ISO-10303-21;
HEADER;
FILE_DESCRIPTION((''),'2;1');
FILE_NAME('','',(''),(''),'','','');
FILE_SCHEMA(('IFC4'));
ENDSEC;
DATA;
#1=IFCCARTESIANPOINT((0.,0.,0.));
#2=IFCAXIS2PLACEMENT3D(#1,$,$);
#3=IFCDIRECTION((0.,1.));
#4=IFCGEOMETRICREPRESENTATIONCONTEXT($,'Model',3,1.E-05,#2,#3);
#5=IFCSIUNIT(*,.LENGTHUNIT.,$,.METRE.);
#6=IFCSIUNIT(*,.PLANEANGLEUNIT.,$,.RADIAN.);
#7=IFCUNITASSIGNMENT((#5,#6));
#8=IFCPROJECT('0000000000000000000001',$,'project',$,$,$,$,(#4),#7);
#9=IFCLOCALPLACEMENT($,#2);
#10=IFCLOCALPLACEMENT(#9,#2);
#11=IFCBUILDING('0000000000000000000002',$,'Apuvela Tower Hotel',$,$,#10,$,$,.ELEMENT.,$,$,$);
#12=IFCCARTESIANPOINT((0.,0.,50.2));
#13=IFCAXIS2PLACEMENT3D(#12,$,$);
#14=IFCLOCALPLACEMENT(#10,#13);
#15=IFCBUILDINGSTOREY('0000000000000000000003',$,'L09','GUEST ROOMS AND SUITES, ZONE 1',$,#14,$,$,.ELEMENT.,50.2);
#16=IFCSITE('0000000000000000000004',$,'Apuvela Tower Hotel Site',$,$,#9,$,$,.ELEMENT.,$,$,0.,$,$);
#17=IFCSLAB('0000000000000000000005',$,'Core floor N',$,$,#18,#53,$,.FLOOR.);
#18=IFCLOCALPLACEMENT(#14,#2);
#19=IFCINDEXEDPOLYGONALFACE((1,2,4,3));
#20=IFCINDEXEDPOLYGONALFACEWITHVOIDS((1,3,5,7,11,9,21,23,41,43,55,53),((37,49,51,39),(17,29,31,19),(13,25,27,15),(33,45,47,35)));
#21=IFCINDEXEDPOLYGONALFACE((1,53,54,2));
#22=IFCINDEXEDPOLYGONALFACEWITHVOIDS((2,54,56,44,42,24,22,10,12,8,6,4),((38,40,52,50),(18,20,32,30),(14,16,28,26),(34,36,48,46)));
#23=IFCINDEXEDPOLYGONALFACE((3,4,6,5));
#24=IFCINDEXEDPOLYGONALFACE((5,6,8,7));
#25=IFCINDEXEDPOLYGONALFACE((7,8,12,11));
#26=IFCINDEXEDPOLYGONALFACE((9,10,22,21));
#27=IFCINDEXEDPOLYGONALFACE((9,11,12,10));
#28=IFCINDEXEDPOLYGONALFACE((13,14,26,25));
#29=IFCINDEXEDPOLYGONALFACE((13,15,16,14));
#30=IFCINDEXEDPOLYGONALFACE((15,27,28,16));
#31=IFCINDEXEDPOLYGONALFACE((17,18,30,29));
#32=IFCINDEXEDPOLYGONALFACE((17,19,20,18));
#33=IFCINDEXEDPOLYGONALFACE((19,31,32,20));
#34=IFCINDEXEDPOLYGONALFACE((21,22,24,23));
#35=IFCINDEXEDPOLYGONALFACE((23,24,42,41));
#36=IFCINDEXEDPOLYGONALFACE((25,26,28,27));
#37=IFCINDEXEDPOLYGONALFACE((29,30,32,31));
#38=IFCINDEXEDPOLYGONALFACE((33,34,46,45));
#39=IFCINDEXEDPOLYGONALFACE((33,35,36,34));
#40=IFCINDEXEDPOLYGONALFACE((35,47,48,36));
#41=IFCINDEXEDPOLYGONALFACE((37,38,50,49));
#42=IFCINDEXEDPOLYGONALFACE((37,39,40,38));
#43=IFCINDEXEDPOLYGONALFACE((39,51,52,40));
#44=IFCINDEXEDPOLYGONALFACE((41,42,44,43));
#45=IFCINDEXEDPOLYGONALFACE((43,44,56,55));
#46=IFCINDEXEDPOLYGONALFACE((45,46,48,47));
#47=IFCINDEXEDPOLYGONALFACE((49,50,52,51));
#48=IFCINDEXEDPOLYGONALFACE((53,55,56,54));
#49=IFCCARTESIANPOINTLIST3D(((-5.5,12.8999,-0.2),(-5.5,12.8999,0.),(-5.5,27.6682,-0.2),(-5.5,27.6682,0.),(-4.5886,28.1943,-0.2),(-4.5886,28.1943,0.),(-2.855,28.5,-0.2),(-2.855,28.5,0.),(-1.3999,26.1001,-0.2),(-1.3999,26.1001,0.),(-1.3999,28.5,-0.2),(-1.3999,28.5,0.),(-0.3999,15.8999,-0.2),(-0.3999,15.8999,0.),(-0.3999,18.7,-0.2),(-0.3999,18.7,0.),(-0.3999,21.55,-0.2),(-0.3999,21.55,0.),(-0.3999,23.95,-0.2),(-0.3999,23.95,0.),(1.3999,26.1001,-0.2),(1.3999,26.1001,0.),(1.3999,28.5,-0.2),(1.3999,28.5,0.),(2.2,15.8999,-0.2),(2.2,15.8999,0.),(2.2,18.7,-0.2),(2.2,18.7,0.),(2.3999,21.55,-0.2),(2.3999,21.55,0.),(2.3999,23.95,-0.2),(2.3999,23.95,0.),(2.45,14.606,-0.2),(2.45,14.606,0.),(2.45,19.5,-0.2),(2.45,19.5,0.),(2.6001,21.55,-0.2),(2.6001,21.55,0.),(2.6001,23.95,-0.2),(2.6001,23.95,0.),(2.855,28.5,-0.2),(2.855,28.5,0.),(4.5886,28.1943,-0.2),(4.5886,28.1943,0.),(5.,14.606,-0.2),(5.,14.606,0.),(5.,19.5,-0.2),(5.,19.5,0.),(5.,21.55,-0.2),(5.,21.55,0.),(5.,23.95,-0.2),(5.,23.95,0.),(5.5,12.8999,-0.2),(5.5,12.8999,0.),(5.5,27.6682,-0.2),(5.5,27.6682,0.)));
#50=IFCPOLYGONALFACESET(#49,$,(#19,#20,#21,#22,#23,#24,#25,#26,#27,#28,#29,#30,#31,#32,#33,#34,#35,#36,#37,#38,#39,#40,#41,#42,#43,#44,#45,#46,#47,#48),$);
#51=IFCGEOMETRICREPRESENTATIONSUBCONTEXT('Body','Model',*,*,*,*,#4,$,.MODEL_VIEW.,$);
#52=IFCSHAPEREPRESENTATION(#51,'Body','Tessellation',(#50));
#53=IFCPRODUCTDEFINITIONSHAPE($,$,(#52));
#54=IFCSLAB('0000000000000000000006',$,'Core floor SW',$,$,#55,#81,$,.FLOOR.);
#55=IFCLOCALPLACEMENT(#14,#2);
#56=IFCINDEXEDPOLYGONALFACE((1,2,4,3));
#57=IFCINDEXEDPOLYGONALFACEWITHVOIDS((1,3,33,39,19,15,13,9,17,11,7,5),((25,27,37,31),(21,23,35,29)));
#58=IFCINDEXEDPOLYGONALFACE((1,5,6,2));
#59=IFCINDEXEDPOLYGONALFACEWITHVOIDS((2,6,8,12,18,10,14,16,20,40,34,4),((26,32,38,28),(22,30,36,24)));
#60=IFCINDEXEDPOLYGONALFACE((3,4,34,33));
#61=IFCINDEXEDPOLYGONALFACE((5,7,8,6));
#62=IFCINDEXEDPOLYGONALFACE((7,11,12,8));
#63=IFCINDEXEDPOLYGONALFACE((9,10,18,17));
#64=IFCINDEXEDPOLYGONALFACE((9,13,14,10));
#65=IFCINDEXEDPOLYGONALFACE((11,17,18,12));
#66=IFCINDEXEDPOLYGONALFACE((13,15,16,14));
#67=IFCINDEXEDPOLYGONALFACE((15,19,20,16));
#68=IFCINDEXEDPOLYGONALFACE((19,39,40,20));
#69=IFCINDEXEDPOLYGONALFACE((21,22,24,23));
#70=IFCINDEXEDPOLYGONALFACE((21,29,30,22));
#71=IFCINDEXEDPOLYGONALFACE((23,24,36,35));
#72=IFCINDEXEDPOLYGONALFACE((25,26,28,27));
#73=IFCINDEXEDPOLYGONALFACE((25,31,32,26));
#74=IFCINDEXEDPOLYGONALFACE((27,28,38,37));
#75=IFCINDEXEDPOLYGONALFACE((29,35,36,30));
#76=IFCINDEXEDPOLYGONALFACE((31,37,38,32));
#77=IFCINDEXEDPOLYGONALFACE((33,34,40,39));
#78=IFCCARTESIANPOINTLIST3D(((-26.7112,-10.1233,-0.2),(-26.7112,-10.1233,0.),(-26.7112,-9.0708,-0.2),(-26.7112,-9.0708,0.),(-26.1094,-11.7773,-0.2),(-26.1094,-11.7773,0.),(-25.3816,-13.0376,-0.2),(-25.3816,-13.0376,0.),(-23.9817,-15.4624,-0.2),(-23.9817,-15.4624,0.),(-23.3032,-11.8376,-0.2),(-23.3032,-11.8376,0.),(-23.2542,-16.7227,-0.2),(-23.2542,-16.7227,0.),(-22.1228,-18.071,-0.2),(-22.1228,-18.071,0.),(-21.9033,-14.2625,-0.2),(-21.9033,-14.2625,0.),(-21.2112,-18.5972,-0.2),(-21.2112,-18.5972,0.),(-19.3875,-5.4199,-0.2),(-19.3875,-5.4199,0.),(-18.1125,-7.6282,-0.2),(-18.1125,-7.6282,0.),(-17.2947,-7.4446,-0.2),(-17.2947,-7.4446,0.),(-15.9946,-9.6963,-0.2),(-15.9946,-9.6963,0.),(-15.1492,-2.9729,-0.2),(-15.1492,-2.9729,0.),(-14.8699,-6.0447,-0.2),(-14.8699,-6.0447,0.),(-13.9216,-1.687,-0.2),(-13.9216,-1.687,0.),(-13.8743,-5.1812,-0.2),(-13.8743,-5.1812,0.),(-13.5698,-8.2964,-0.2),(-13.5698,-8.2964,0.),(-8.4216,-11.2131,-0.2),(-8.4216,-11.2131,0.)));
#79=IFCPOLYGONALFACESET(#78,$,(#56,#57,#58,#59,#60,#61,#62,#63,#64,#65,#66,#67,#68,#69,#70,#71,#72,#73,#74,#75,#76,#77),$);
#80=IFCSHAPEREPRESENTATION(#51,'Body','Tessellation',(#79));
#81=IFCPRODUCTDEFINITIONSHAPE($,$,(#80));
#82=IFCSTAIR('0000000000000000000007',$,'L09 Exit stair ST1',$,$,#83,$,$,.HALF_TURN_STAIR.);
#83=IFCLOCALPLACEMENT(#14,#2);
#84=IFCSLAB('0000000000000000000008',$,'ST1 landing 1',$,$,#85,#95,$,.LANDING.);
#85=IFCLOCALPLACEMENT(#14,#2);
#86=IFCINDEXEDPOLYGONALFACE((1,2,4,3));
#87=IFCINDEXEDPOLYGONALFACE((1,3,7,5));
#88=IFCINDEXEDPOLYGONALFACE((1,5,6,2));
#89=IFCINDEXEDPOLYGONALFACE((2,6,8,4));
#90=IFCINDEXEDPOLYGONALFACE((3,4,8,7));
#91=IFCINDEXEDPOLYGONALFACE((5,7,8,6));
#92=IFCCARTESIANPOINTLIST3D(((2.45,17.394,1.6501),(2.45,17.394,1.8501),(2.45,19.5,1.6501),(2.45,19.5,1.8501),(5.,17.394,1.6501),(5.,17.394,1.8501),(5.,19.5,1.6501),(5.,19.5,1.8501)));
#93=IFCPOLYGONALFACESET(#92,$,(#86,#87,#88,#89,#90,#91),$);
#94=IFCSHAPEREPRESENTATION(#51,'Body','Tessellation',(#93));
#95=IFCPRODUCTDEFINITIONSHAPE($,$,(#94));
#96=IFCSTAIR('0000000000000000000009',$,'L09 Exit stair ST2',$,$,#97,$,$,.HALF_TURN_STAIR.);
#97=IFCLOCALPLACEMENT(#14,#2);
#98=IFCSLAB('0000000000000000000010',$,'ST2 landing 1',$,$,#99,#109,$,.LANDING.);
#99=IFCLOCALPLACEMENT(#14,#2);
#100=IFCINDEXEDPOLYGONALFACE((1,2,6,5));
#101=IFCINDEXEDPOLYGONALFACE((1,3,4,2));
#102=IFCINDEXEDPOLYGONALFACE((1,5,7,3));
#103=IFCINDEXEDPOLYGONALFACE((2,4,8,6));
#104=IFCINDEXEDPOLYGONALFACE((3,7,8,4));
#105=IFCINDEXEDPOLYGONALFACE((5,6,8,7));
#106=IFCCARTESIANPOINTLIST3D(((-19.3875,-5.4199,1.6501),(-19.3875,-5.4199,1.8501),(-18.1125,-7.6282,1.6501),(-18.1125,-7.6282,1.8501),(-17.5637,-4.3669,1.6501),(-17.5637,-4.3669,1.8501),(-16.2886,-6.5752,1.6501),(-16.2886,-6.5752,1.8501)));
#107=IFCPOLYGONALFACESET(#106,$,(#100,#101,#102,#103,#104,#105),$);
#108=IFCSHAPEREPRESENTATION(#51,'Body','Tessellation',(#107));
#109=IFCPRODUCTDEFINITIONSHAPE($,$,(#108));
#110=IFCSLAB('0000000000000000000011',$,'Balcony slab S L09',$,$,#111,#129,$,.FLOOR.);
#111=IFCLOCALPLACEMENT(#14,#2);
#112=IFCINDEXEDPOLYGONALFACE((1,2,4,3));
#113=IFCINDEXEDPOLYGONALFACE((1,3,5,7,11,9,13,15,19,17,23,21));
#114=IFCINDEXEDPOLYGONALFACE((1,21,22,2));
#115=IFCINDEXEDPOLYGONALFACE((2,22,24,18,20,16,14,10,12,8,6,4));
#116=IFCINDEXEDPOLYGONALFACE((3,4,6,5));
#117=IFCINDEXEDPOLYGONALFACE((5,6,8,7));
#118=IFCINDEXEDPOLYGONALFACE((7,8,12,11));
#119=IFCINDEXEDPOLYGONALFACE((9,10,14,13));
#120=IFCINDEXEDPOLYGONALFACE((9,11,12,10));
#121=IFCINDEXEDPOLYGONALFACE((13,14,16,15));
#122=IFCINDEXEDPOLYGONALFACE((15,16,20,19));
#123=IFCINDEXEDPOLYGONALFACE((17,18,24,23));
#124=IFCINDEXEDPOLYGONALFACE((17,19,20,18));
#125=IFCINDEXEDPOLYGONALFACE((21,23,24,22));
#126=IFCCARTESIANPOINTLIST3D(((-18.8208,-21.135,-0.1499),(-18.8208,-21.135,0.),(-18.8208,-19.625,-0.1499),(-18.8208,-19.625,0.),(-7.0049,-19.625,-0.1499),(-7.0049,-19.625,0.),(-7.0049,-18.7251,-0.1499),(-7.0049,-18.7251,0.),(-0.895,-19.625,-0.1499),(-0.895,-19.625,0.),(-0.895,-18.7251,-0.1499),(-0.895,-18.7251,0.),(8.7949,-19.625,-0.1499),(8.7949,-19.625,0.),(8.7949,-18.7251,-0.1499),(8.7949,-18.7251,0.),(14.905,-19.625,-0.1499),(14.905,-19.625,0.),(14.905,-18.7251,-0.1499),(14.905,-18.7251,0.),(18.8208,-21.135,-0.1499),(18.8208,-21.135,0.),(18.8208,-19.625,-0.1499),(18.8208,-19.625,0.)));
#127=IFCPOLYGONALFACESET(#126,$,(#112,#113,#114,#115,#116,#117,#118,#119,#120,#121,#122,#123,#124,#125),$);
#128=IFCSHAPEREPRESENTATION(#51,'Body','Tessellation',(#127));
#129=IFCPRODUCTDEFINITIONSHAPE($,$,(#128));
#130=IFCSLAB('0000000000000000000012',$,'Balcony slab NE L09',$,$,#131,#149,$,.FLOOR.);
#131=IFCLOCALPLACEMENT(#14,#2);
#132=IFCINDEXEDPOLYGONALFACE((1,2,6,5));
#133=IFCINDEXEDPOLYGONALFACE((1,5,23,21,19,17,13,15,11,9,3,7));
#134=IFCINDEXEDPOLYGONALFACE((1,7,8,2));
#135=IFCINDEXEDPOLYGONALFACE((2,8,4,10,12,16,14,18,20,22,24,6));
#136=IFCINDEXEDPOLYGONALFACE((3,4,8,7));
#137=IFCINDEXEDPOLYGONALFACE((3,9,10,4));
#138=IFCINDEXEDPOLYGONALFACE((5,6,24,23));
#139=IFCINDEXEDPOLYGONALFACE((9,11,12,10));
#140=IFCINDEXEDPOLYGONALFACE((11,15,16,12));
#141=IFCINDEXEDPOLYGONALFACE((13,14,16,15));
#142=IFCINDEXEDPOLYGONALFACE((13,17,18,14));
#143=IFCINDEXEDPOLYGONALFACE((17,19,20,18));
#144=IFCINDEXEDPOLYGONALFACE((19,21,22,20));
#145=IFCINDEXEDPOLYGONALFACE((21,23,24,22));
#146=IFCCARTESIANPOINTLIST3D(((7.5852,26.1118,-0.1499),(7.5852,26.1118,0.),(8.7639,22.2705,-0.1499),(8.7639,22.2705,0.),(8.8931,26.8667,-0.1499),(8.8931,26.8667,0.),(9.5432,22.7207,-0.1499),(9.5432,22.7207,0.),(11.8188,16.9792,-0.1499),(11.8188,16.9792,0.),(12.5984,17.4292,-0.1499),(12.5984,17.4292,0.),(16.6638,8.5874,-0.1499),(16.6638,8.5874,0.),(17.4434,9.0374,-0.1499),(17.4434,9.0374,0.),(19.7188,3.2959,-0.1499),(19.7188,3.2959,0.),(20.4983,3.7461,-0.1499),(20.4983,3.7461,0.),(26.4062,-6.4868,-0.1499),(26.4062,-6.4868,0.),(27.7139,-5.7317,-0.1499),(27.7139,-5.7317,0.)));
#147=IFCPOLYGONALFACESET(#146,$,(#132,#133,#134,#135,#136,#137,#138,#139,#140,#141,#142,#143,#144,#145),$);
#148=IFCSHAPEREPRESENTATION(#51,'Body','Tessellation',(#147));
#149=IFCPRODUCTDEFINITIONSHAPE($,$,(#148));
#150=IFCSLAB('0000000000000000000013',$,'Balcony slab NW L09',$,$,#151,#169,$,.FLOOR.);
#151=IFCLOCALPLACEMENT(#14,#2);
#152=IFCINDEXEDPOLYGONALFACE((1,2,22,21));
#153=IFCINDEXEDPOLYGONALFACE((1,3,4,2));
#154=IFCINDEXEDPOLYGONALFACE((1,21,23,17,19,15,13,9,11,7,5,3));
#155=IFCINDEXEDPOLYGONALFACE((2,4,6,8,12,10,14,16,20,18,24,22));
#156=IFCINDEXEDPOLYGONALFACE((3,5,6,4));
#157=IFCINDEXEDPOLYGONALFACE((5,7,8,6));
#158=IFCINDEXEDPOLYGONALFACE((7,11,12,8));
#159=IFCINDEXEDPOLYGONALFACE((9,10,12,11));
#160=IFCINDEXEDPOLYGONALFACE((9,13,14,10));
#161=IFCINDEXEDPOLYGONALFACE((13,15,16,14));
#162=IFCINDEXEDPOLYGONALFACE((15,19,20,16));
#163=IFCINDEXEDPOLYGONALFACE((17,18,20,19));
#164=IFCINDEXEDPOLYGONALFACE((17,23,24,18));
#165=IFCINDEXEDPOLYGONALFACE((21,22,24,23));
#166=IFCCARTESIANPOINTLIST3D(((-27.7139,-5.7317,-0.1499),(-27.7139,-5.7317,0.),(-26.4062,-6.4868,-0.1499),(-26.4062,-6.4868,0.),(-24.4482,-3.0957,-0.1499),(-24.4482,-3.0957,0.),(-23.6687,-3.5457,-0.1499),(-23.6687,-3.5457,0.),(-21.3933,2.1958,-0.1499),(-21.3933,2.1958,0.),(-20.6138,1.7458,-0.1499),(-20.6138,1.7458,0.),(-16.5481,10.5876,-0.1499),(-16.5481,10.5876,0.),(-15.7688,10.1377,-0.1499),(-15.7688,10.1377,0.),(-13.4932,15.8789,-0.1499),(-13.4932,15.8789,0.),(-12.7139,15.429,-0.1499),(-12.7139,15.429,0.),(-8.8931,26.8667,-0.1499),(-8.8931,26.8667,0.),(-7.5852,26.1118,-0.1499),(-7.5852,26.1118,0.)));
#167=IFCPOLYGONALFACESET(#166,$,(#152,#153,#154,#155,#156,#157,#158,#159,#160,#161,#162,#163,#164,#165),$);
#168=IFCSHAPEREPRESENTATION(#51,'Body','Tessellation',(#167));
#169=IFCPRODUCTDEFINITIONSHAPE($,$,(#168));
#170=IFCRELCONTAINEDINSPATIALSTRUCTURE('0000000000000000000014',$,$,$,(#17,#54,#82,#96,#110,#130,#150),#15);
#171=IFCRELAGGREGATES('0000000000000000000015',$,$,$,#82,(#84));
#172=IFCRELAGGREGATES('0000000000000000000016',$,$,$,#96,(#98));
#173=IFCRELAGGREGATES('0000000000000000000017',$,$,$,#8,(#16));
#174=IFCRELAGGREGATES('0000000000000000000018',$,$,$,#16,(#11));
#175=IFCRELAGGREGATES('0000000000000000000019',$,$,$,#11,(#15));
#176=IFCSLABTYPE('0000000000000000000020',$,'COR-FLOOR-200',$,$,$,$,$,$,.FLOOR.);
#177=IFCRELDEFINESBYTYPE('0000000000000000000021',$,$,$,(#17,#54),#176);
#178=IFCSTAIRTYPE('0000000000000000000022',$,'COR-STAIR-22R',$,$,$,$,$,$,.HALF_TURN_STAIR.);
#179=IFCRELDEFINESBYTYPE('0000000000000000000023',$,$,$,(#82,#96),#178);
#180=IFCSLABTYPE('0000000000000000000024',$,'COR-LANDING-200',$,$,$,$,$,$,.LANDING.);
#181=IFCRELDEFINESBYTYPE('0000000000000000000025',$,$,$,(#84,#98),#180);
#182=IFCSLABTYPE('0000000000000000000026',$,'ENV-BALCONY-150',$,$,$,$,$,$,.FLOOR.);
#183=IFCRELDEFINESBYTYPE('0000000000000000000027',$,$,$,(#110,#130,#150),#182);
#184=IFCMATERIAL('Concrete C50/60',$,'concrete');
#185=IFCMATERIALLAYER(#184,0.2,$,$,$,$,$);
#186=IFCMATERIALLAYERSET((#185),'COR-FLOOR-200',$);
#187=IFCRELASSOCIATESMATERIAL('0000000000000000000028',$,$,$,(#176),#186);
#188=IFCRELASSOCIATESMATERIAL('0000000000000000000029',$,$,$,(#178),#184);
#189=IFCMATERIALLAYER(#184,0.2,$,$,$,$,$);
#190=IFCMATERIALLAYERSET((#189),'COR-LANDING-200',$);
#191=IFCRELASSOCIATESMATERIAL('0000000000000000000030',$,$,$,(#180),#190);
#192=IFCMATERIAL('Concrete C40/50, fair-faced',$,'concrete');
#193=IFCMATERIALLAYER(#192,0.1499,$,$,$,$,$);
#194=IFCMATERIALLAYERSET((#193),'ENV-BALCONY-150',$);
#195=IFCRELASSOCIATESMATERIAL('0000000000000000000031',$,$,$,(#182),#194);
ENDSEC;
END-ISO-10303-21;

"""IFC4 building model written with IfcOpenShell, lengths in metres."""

from ifc_helpers import new_model, si_unit, direction, frame, origin, place, context, subcontext, project, spatial, polyline, outline, extrude, material, layer, layer_set, type_object, element, aggregate, save


model = new_model("IFC4")

# Units and contexts
model_context = context("Model", 3, precision=1e-05, world=origin(), true_north=direction((0.0, 1.0)))
body_context = subcontext(model_context, "Body", "Model", "MODEL_VIEW")
ifc_project = project(units=[si_unit("LENGTHUNIT", "METRE"), si_unit("PLANEANGLEUNIT", "RADIAN")], contexts=[model_context])

# Site, building, storey
site_placement = place(None, origin())
site = spatial("IfcSite", under=ifc_project, at=site_placement, Name="Apuvela Tower Hotel Site", CompositionType="ELEMENT", RefElevation=0.0)
building_placement = place(site_placement, origin())
building = spatial("IfcBuilding", under=site, at=building_placement, Name="Apuvela Tower Hotel", CompositionType="ELEMENT")
storey_placement = place(building_placement, frame((0.0, 0.0, 50.2)))
storey = spatial("IfcBuildingStorey", under=building, at=storey_placement, Name="L09", Description="GUEST ROOMS AND SUITES, ZONE 1", CompositionType="ELEMENT", Elevation=50.2)

# Slabs
ifc_material_1 = material(Name="Concrete C50/60", Category="concrete")
ifc_layer_1 = layer(ifc_material_1, 0.2)
ifc_layer_set_1 = layer_set([ifc_layer_1], Name="COR-FLOOR-200")
slab_type_1 = type_object("IfcSlabType", Name="COR-FLOOR-200", PredefinedType="FLOOR", material=ifc_layer_set_1)
slab_1_placement = place(storey_placement, frame((0.0, 0.0, -0.2)))
element("IfcSlab", 1, at=slab_1_placement, inside=storey, type_object=slab_type_1, Name="Core floor N", PredefinedType="FLOOR", context=body_context, shape_type="SweptSolid", body=[
    extrude(outline(polyline([(5.5, 27.6682), (4.5886, 28.1943), (2.855, 28.5), (1.3999, 28.5), (1.3999, 26.1001), (-1.3999, 26.1001), (-1.3999, 28.5), (-2.855, 28.5), (-4.5886, 28.1943), (-5.5, 27.6682), (-5.5, 12.8999), (5.5, 12.8999), (5.5, 27.6682)]), holes=[polyline([(5.0, 14.606), (2.45, 14.606), (2.45, 19.5), (5.0, 19.5), (5.0, 14.606)]), polyline([(2.2, 15.8999), (-0.3999, 15.8999), (-0.3999, 18.7), (2.2, 18.7), (2.2, 15.8999)]), polyline([(5.0, 21.55), (2.6001, 21.55), (2.6001, 23.95), (5.0, 23.95), (5.0, 21.55)]), polyline([(2.3999, 21.55), (-0.3999, 21.55), (-0.3999, 23.95), (2.3999, 23.95), (2.3999, 21.55)])]), origin(), (0.0, 0.0, 1.0), 0.2),
])
slab_2_placement = place(storey_placement, frame((0.0, 0.0, -0.2)))
element("IfcSlab", 2, at=slab_2_placement, inside=storey, type_object=slab_type_1, Name="Core floor SW", PredefinedType="FLOOR", context=body_context, shape_type="SweptSolid", body=[
    extrude(outline(polyline([(-26.7112, -9.0708), (-26.7112, -10.1233), (-26.1094, -11.7773), (-25.3816, -13.0376), (-23.3032, -11.8376), (-21.9033, -14.2625), (-23.9817, -15.4624), (-23.2542, -16.7227), (-22.1228, -18.071), (-21.2112, -18.5972), (-8.4216, -11.2131), (-13.9216, -1.687), (-26.7112, -9.0708)]), holes=[polyline([(-13.8743, -5.1812), (-18.1125, -7.6282), (-19.3875, -5.4199), (-15.1492, -2.9729), (-13.8743, -5.1812)]), polyline([(-13.5698, -8.2964), (-15.9946, -9.6963), (-17.2947, -7.4446), (-14.8699, -6.0447), (-13.5698, -8.2964)])]), origin(), (0.0, 0.0, 1.0), 0.2),
])

# Stairs, slabs
stair_type = type_object("IfcStairType", Name="COR-STAIR-22R", PredefinedType="HALF_TURN_STAIR", material=ifc_material_1)
stair_1_placement = place(storey_placement, origin())
stair_1 = element("IfcStair", 3, at=stair_1_placement, inside=storey, type_object=stair_type, Name="L09 Exit stair ST1", PredefinedType="HALF_TURN_STAIR")
ifc_layer_2 = layer(ifc_material_1, 0.2)
ifc_layer_set_2 = layer_set([ifc_layer_2], Name="COR-LANDING-200")
slab_type_2 = type_object("IfcSlabType", Name="COR-LANDING-200", PredefinedType="LANDING", material=ifc_layer_set_2)
slab_3_placement = place(storey_placement, frame((0.0, 0.0, 1.6501)))
slab_3 = element("IfcSlab", 4, at=slab_3_placement, type_object=slab_type_2, Name="ST1 landing 1", PredefinedType="LANDING", context=body_context, shape_type="SweptSolid", body=[
    extrude(outline(polyline([(5.0, 17.394), (5.0, 19.5), (2.45, 19.5), (2.45, 17.394), (5.0, 17.394)])), origin(), (0.0, 0.0, 1.0), 0.2),
])
aggregate(stair_1, [slab_3])
stair_2_placement = place(storey_placement, origin())
stair_2 = element("IfcStair", 5, at=stair_2_placement, inside=storey, type_object=stair_type, Name="L09 Exit stair ST2", PredefinedType="HALF_TURN_STAIR")
slab_4_placement = place(storey_placement, frame((0.0, 0.0, 1.6501)))
slab_4 = element("IfcSlab", 6, at=slab_4_placement, type_object=slab_type_2, Name="ST2 landing 1", PredefinedType="LANDING", context=body_context, shape_type="SweptSolid", body=[
    extrude(outline(polyline([(-17.5637, -4.3669), (-19.3875, -5.4199), (-18.1125, -7.6282), (-16.2886, -6.5752), (-17.5637, -4.3669)])), origin(), (0.0, 0.0, 1.0), 0.2),
])
aggregate(stair_2, [slab_4])

# Slabs
ifc_material_2 = material(Name="Concrete C40/50, fair-faced", Category="concrete")
ifc_layer_3 = layer(ifc_material_2, 0.1499)
ifc_layer_set_3 = layer_set([ifc_layer_3], Name="ENV-BALCONY-150")
slab_type_3 = type_object("IfcSlabType", Name="ENV-BALCONY-150", PredefinedType="FLOOR", material=ifc_layer_set_3)
slab_5_placement = place(storey_placement, frame((0.0, 0.0, -0.1499)))
element("IfcSlab", 7, at=slab_5_placement, inside=storey, type_object=slab_type_3, Name="Balcony slab S L09", PredefinedType="FLOOR", context=body_context, shape_type="SweptSolid", body=[
    extrude(outline(polyline([(18.8208, -21.135), (-18.8208, -21.135), (-18.8208, -19.625), (-7.0049, -19.625), (-7.0049, -18.7251), (-0.895, -18.7251), (-0.895, -19.625), (8.7949, -19.625), (8.7949, -18.7251), (14.905, -18.7251), (14.905, -19.625), (18.8208, -19.625), (18.8208, -21.135)])), origin(), (0.0, 0.0, 1.0), 0.1499),
])
slab_6_placement = place(storey_placement, frame((0.0, 0.0, -0.1499)))
element("IfcSlab", 8, at=slab_6_placement, inside=storey, type_object=slab_type_3, Name="Balcony slab NE L09", PredefinedType="FLOOR", context=body_context, shape_type="SweptSolid", body=[
    extrude(outline(polyline([(17.4434, 9.0374), (12.5984, 17.4292), (11.8188, 16.9792), (8.7639, 22.2705), (9.5432, 22.7207), (7.5852, 26.1118), (8.8931, 26.8667), (27.7139, -5.7317), (26.4062, -6.4868), (20.4983, 3.7461), (19.7188, 3.2959), (16.6638, 8.5874), (17.4434, 9.0374)])), origin(), (0.0, 0.0, 1.0), 0.1499),
])
slab_7_placement = place(storey_placement, frame((0.0, 0.0, -0.1499)))
element("IfcSlab", 9, at=slab_7_placement, inside=storey, type_object=slab_type_3, Name="Balcony slab NW L09", PredefinedType="FLOOR", context=body_context, shape_type="SweptSolid", body=[
    extrude(outline(polyline([(-27.7139, -5.7317), (-8.8931, 26.8667), (-7.5852, 26.1118), (-13.4932, 15.8789), (-12.7139, 15.429), (-15.7688, 10.1377), (-16.5481, 10.5876), (-21.3933, 2.1958), (-20.6138, 1.7458), (-23.6687, -3.5457), (-24.4482, -3.0957), (-26.4062, -6.4868), (-27.7139, -5.7317)])), origin(), (0.0, 0.0, 1.0), 0.1499),
])

save(model, "model.ifc")
